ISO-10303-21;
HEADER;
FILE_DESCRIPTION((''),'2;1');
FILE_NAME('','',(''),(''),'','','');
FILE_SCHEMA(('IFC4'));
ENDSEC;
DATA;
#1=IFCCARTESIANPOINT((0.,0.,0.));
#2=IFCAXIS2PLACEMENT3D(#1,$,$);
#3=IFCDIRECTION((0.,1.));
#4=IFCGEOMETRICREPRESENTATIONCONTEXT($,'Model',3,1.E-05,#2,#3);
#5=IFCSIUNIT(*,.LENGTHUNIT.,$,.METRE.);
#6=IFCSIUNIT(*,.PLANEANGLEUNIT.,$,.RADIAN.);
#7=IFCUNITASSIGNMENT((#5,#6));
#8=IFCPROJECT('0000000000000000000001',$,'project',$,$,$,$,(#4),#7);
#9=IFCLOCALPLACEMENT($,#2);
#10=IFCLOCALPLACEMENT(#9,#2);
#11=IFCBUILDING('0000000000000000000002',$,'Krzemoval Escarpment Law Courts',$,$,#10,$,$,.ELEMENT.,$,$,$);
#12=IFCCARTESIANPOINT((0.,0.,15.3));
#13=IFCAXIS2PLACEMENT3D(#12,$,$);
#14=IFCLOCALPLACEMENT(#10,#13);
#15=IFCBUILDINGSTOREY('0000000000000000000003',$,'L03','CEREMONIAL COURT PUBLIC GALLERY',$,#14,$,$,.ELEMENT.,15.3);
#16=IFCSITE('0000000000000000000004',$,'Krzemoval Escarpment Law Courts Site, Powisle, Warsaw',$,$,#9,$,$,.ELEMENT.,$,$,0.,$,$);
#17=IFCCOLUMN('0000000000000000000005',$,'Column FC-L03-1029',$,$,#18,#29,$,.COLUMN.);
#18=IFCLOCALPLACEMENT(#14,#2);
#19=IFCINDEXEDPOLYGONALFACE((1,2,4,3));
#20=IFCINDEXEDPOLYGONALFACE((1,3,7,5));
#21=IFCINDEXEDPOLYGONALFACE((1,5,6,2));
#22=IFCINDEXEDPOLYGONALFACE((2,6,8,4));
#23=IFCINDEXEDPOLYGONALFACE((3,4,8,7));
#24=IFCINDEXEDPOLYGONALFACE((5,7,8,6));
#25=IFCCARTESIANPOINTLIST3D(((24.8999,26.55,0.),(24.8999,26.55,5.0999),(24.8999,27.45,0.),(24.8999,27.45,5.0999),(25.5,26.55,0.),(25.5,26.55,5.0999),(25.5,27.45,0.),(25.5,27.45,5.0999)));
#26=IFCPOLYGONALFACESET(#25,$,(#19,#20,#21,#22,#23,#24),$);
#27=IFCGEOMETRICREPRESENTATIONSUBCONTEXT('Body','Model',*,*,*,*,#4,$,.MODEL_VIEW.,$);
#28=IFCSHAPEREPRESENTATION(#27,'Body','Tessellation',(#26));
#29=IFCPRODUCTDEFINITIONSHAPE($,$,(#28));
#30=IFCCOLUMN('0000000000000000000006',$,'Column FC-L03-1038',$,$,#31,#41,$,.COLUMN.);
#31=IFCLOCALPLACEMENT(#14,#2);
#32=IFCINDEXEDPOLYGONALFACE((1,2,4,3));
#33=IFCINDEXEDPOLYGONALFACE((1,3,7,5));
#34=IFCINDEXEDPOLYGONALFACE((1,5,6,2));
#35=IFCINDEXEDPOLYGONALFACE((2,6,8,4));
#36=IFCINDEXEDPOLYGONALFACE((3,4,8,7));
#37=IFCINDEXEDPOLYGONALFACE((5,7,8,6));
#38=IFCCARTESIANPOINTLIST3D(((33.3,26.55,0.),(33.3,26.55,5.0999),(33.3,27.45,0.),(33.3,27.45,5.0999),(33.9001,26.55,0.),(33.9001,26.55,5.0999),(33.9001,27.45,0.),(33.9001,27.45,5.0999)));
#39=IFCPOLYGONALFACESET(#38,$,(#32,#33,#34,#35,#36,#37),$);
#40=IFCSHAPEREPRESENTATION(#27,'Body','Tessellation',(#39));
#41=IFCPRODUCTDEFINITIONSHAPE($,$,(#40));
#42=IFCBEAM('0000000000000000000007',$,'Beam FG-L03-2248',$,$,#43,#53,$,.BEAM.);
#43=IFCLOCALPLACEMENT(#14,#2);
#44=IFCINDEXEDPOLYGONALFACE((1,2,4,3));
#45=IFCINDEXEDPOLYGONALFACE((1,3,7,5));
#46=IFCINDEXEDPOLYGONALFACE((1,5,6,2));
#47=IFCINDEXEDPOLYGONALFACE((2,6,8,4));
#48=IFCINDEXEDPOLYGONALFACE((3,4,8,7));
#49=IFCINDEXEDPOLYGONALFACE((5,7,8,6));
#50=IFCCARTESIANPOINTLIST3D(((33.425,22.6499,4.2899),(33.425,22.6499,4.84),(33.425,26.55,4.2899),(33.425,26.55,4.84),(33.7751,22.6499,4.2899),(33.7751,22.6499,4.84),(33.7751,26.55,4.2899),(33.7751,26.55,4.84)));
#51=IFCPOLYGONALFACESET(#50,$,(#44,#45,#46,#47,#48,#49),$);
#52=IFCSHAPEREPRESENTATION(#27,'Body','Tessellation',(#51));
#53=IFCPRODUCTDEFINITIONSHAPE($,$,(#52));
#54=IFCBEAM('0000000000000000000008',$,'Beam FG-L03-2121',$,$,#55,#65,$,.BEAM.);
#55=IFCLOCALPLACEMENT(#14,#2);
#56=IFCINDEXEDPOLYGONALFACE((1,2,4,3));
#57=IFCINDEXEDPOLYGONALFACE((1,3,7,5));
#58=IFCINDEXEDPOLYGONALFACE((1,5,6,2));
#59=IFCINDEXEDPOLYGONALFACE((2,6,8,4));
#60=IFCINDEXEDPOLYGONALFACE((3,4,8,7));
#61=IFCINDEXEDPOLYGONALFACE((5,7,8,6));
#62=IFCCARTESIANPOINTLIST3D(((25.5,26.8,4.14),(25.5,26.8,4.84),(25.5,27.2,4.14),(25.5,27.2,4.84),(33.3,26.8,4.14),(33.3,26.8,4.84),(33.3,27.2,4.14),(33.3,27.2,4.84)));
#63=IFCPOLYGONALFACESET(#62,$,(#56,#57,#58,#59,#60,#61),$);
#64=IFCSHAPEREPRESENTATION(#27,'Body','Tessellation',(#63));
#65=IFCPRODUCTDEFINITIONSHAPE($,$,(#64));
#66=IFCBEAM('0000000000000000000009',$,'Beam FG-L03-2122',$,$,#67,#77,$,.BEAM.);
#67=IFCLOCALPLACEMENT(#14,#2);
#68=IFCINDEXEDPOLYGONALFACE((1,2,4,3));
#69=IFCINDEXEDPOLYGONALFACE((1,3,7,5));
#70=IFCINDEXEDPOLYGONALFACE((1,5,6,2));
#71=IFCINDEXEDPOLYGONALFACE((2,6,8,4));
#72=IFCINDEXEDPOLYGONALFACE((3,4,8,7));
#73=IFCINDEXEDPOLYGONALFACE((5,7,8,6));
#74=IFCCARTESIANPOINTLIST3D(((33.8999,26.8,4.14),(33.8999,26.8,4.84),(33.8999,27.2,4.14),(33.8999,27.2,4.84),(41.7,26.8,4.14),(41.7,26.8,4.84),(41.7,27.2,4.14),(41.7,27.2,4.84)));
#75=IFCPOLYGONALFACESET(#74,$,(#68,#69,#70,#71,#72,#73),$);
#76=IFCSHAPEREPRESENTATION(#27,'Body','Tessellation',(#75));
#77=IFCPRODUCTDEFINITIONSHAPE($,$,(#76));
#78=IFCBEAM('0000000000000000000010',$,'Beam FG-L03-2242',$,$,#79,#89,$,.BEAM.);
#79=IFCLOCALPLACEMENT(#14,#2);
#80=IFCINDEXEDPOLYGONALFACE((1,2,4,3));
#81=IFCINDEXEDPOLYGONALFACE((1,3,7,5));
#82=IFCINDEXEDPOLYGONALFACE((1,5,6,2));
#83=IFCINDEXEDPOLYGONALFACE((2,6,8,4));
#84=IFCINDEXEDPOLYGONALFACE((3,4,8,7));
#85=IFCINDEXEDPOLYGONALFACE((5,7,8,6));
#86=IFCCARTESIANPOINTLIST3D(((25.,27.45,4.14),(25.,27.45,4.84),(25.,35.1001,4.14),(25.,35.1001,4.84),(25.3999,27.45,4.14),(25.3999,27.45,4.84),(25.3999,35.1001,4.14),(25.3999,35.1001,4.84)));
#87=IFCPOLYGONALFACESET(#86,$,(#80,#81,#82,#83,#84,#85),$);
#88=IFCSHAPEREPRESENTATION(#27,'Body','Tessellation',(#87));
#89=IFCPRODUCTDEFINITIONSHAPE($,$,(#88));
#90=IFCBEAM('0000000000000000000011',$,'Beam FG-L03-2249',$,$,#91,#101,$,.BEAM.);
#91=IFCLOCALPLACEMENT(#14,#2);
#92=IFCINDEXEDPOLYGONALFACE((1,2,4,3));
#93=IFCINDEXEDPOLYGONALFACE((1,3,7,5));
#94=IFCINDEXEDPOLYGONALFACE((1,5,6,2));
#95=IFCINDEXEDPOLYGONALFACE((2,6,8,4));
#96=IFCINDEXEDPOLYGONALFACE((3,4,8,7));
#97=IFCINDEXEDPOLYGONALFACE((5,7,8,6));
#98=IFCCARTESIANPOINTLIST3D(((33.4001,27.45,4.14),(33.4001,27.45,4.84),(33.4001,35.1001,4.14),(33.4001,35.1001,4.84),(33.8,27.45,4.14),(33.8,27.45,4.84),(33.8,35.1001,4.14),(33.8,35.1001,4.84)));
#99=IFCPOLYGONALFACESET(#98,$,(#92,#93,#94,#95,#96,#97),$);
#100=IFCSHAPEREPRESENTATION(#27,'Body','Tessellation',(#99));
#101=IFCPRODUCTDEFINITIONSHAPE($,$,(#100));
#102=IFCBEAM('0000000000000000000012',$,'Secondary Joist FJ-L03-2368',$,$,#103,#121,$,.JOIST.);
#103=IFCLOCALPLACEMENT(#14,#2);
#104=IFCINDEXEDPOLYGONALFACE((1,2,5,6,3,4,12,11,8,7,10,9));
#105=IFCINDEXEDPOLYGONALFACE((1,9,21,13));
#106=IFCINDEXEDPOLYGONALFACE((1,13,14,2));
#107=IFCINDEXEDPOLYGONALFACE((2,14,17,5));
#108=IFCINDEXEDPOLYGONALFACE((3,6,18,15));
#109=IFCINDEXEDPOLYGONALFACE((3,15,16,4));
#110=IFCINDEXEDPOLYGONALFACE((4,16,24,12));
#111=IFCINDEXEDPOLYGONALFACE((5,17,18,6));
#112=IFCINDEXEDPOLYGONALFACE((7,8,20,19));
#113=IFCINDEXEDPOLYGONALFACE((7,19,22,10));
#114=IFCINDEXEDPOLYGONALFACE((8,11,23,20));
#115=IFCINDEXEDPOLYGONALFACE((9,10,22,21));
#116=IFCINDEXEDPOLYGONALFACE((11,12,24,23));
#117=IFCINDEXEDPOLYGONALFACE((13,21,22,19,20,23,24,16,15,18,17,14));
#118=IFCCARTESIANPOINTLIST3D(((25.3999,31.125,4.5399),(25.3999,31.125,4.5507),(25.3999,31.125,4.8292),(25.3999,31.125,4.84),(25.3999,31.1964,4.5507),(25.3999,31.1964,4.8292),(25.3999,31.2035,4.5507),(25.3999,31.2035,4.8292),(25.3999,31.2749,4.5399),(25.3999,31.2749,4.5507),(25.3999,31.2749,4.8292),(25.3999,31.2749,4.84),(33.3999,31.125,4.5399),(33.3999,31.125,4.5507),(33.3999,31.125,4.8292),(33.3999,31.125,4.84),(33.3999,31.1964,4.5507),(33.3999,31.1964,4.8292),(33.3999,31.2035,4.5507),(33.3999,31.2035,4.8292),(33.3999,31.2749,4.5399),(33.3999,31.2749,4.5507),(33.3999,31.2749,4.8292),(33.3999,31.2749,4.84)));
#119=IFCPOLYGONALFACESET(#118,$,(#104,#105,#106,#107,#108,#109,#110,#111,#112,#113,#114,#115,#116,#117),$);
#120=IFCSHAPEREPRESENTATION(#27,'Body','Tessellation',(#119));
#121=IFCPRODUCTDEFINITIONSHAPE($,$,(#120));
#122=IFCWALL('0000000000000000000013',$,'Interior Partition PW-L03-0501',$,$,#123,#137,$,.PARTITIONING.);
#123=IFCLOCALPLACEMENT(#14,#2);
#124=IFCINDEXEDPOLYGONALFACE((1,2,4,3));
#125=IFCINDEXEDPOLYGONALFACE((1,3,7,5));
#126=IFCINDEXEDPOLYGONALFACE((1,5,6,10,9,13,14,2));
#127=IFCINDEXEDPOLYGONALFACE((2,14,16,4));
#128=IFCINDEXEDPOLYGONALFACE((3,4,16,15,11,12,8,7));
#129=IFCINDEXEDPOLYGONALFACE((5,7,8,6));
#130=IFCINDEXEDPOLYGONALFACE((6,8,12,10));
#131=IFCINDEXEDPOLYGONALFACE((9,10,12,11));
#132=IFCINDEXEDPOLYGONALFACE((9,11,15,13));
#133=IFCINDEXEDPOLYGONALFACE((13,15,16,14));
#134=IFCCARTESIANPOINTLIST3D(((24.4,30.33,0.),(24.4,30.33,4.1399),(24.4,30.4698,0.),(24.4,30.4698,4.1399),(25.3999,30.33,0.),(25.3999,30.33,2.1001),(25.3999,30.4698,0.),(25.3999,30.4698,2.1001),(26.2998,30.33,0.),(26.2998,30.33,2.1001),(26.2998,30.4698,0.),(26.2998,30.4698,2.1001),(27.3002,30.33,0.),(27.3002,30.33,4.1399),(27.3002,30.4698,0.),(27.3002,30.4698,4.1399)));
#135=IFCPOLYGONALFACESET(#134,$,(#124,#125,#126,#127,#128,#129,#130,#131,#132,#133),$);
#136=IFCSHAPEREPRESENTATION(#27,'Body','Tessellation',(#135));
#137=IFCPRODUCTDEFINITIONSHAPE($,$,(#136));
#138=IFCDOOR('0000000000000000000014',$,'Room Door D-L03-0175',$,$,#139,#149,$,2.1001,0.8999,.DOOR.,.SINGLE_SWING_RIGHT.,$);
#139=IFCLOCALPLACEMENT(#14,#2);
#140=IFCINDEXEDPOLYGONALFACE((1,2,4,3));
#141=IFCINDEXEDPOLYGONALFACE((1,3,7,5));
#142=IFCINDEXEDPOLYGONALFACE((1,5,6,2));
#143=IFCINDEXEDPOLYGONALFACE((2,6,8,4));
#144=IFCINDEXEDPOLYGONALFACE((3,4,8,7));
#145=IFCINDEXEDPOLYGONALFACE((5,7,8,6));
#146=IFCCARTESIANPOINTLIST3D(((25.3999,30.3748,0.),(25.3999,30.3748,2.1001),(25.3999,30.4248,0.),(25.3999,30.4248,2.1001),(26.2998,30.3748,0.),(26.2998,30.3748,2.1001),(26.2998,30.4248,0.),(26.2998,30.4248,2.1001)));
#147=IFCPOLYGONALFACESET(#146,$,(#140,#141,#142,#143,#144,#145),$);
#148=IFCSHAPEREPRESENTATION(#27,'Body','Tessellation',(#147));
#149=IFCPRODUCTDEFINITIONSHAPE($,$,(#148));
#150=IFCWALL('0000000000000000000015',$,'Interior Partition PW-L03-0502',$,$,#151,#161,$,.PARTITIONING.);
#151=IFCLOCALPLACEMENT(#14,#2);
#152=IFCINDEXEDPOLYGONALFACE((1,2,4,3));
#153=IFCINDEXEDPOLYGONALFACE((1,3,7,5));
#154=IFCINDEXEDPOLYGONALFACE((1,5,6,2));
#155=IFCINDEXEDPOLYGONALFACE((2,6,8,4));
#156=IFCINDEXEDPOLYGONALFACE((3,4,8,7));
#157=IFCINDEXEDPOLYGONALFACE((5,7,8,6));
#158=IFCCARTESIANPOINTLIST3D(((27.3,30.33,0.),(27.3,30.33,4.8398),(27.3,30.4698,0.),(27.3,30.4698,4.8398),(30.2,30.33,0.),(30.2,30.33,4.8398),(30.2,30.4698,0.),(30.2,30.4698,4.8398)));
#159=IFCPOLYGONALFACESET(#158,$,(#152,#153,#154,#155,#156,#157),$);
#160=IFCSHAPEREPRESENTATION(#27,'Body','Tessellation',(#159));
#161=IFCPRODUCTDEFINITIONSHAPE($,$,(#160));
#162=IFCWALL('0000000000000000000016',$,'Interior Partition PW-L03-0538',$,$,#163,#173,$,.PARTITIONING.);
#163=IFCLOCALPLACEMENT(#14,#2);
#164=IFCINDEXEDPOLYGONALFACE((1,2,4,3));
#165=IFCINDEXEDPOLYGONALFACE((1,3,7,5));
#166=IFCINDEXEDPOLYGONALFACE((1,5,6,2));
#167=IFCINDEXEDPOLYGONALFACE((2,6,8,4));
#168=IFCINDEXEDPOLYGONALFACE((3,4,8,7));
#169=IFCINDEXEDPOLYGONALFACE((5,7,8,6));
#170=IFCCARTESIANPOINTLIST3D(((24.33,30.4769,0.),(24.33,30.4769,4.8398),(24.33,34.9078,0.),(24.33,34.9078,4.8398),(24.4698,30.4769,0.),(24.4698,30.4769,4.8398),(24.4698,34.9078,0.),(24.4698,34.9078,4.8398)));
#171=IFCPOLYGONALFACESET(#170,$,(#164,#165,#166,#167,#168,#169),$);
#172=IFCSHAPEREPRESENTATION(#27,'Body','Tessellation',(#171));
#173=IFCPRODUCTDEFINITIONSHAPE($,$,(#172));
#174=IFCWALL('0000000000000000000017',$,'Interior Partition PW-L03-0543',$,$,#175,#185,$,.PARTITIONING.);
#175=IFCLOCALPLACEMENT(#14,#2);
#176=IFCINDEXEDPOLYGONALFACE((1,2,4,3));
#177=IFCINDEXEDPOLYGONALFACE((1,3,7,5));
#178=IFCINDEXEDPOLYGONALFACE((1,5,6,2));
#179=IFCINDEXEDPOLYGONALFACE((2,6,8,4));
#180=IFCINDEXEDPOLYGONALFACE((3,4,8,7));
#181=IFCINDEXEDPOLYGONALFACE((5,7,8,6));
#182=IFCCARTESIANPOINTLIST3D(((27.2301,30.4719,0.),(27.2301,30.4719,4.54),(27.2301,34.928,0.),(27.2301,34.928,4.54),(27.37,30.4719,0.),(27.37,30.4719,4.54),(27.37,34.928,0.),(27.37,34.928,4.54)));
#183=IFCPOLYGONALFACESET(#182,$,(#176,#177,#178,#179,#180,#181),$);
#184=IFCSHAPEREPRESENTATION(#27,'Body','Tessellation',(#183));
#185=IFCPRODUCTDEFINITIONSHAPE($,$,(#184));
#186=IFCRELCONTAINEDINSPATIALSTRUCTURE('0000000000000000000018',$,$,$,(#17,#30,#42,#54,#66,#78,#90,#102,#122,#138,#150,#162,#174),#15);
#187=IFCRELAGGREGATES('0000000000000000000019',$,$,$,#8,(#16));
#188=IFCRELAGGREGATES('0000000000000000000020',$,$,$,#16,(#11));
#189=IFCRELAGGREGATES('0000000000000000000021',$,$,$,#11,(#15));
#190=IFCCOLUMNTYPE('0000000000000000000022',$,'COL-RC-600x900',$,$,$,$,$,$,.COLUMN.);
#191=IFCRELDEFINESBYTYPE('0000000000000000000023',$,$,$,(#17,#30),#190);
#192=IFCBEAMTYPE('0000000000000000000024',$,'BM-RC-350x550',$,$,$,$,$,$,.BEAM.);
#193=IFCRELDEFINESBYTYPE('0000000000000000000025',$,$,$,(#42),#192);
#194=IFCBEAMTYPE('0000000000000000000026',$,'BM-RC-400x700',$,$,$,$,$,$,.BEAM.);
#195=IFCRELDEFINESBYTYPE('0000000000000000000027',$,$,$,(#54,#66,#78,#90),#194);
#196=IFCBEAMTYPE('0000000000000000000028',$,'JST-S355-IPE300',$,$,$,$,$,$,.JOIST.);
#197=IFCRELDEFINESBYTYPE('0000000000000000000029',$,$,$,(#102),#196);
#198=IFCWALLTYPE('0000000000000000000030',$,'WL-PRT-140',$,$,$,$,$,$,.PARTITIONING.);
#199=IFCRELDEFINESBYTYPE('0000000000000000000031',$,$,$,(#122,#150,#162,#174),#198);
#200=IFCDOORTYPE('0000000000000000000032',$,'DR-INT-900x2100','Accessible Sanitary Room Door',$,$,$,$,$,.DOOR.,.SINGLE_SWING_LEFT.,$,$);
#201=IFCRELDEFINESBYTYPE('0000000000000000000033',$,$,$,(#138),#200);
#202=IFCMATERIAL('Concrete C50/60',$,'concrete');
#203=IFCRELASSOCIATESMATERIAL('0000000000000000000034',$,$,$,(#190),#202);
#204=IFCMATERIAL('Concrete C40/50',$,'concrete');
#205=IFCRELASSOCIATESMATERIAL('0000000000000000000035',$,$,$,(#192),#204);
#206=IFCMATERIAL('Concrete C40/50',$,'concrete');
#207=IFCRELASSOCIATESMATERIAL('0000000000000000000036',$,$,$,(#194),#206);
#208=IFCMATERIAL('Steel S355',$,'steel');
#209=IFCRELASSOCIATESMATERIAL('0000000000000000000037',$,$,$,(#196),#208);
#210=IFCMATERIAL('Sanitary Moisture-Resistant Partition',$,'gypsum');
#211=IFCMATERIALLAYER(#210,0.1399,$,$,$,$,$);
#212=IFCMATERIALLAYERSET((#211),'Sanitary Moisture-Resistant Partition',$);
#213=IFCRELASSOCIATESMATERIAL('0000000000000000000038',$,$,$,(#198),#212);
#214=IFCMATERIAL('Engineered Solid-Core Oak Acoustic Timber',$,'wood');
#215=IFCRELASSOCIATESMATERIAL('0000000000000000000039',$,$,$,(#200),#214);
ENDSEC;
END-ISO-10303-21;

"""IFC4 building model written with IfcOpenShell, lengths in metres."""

from ifc_helpers import new_model, si_unit, direction, frame, frame_2d, origin, origin_2d, place, context, subcontext, project, spatial, rectangle, i_section, extrude, material, layer, layer_set, material_profile, profile_set, type_object, element, fill, save


model = new_model("IFC4")

# Units and contexts
model_context = context("Model", 3, precision=1e-05, world=origin(), true_north=direction((0.0, 1.0)))
body_context = subcontext(model_context, "Body", "Model", "MODEL_VIEW")
ifc_project = project(units=[si_unit("LENGTHUNIT", "METRE"), si_unit("PLANEANGLEUNIT", "RADIAN")], contexts=[model_context])

# Site, building, storey
site_placement = place(None, origin())
site = spatial("IfcSite", under=ifc_project, at=site_placement, Name="Krzemoval Escarpment Law Courts Site, Powisle, Warsaw", CompositionType="ELEMENT", RefElevation=0.0)
building_placement = place(site_placement, origin())
building = spatial("IfcBuilding", under=site, at=building_placement, Name="Krzemoval Escarpment Law Courts", CompositionType="ELEMENT")
storey_placement = place(building_placement, frame((0.0, 0.0, 15.3)))
storey = spatial("IfcBuildingStorey", under=building, at=storey_placement, Name="L03", Description="CEREMONIAL COURT PUBLIC GALLERY", CompositionType="ELEMENT", Elevation=15.3)

# Columns
ifc_material_1 = material(Name="Concrete C50/60", Category="concrete")
ifc_material_profile_1 = material_profile(ifc_material_1, rectangle(XDim=0.6001, YDim=0.8999, at=origin_2d()), Name="RC 600x900")
ifc_profile_set_1 = profile_set([ifc_material_profile_1], Name="Concrete C50/60")
column_type = type_object("IfcColumnType", Name="COL-RC-600x900", PredefinedType="COLUMN", material=ifc_profile_set_1)
for number, where, z_axis, x_axis, name in (
    (1, (25.2, 27.0, 0.0), (0.0, 0.0, 1.0), (1.0, 0.0, 0.0), "Column FC-L03-1029"),
    (2, (33.6001, 27.0, 0.0), (0.0, 0.0, 1.0), (1.0, 0.0, 0.0), "Column FC-L03-1038"),
):
    element("IfcColumn", number, at=place(storey_placement, frame(where, z_axis=z_axis, x_axis=x_axis)), inside=storey, type_object=column_type, Name=name, PredefinedType="COLUMN", context=body_context, shape_type="SweptSolid", body=[
        extrude(rectangle(XDim=0.6001, YDim=0.8999, at=origin_2d()), origin(), (0.0, 0.0, 1.0), 5.0999),
    ])

# Beams
ifc_material_2 = material(Name="Concrete C40/50", Category="concrete")
ifc_material_profile_2 = material_profile(ifc_material_2, rectangle(XDim=0.3501, YDim=0.55, at=origin_2d()), Name="RCB 350x550")
ifc_profile_set_2 = profile_set([ifc_material_profile_2], Name="Concrete C40/50")
beam_type_1 = type_object("IfcBeamType", Name="BM-RC-350x550", PredefinedType="BEAM", material=ifc_profile_set_2)
beam_1_placement = place(storey_placement, frame((33.6001, 22.6499, 4.5649), z_axis=(0.0, 1.0, 0.0), x_axis=(-1.0, 0.0, 0.0)))
element("IfcBeam", 3, at=beam_1_placement, inside=storey, type_object=beam_type_1, Name="Beam FG-L03-2248", PredefinedType="BEAM", context=body_context, shape_type="SweptSolid", body=[
    extrude(rectangle(XDim=0.3501, YDim=0.55, at=origin_2d()), origin(), (0.0, 0.0, 1.0), 3.9001),
])
ifc_material_3 = material(Name="Concrete C40/50", Category="concrete")
ifc_material_profile_3 = material_profile(ifc_material_3, rectangle(XDim=0.3999, YDim=0.7, at=origin_2d()), Name="RCB 400x700")
ifc_profile_set_3 = profile_set([ifc_material_profile_3], Name="Concrete C40/50")
beam_type_2 = type_object("IfcBeamType", Name="BM-RC-400x700", PredefinedType="BEAM", material=ifc_profile_set_3)
for number, where, z_axis, x_axis, name in (
    (4, (25.5, 27.0, 4.49), (1.0, 0.0, 0.0), (0.0, 1.0, 0.0), "Beam FG-L03-2121"),
    (5, (33.8999, 27.0, 4.49), (1.0, 0.0, 0.0), (0.0, 1.0, 0.0), "Beam FG-L03-2122"),
):
    element("IfcBeam", number, at=place(storey_placement, frame(where, z_axis=z_axis, x_axis=x_axis)), inside=storey, type_object=beam_type_2, Name=name, PredefinedType="BEAM", context=body_context, shape_type="SweptSolid", body=[
        extrude(rectangle(XDim=0.3999, YDim=0.7, at=origin_2d()), origin(), (0.0, 0.0, 1.0), 7.8),
    ])
for number, where, z_axis, x_axis, name in (
    (6, (25.2, 27.45, 4.49), (0.0, 1.0, 0.0), (-1.0, 0.0, 0.0), "Beam FG-L03-2242"),
    (7, (33.6001, 27.45, 4.49), (0.0, 1.0, 0.0), (-1.0, 0.0, 0.0), "Beam FG-L03-2249"),
):
    element("IfcBeam", number, at=place(storey_placement, frame(where, z_axis=z_axis, x_axis=x_axis)), inside=storey, type_object=beam_type_2, Name=name, PredefinedType="BEAM", context=body_context, shape_type="SweptSolid", body=[
        extrude(rectangle(XDim=0.3999, YDim=0.7, at=origin_2d()), origin(), (0.0, 0.0, 1.0), 7.6501),
    ])
ifc_material_4 = material(Name="Steel S355", Category="steel")
ifc_material_profile_4 = material_profile(ifc_material_4, i_section(OverallWidth=0.1499, OverallDepth=0.3, WebThickness=0.0071, FlangeThickness=0.0107, at=origin_2d()), Name="IPE 300")
ifc_profile_set_4 = profile_set([ifc_material_profile_4], Name="Steel S355")
beam_type_3 = type_object("IfcBeamType", Name="JST-S355-IPE300", PredefinedType="JOIST", material=ifc_profile_set_4)
beam_2_placement = place(storey_placement, frame((25.3999, 31.2, 4.6899), z_axis=(1.0, 0.0, 0.0), x_axis=(0.0, 1.0, 0.0)))
element("IfcBeam", 8, at=beam_2_placement, inside=storey, type_object=beam_type_3, Name="Secondary Joist FJ-L03-2368", PredefinedType="JOIST", context=body_context, shape_type="SweptSolid", body=[
    extrude(i_section(OverallWidth=0.1499, OverallDepth=0.3, WebThickness=0.0071, FlangeThickness=0.0107, at=origin_2d()), origin(), (0.0, 0.0, 1.0), 8.0),
])

# Wall, opening, door
ifc_material_5 = material(Name="Sanitary Moisture-Resistant Partition", Category="gypsum")
ifc_layer_1 = layer(ifc_material_5, 0.1399)
ifc_layer_set_1 = layer_set([ifc_layer_1], Name="Sanitary Moisture-Resistant Partition")
wall_type_1 = type_object("IfcWallType", Name="WL-PRT-140", PredefinedType="PARTITIONING", material=ifc_layer_set_1)
wall_1_placement = place(storey_placement, frame((24.3999, 30.3999, 0.0), z_axis=(0.0, 0.0, 1.0), x_axis=(1.0, 0.0, 0.0)))
wall_1 = element("IfcWall", 9, at=wall_1_placement, inside=storey, type_object=wall_type_1, Name="Interior Partition PW-L03-0501", PredefinedType="PARTITIONING", context=body_context, shape_type="SweptSolid", body=[
    extrude(rectangle(XDim=2.9001, YDim=0.1399, at=frame_2d((1.4502, 0.0))), origin(), (0.0, 0.0, 1.0), 4.1399),
])
opening_1_placement = place(wall_1_placement, frame((1.0, 0.0, 0.0)))
opening_1 = element("IfcOpeningElement", 10, at=opening_1_placement, cuts=wall_1, PredefinedType="OPENING", context=body_context, shape_type="SweptSolid", body=[
    extrude(rectangle(XDim=0.8999, YDim=2.1001, at=frame_2d((0.45, 1.05))), frame((0.0, 0.0849, 0.0), z_axis=(0.0, -1.0, 0.0), x_axis=(1.0, 0.0, 0.0)), (0.0, 0.0, 1.0), 0.1699),
])
ifc_material_6 = material(Name="Engineered Solid-Core Oak Acoustic Timber", Category="wood")
door_type_1 = type_object("IfcDoorType", Name="DR-INT-900x2100", Description="Accessible Sanitary Room Door", OperationType="SINGLE_SWING_LEFT", PredefinedType="DOOR", material=ifc_material_6)
door_1_placement = place(opening_1_placement, origin())
door_1 = element("IfcDoor", 11, at=door_1_placement, inside=storey, type_object=door_type_1, Name="Room Door D-L03-0175", OperationType="SINGLE_SWING_RIGHT", OverallHeight=2.1001, OverallWidth=0.8999, PredefinedType="DOOR", context=body_context, shape_type="SweptSolid", body=[
    extrude(rectangle(XDim=0.8999, YDim=2.1001, at=frame_2d((0.45, 1.05))), frame((0.0, 0.0249, 0.0), z_axis=(0.0, -1.0, 0.0), x_axis=(1.0, 0.0, 0.0)), (0.0, 0.0, 1.0), 0.05),
])
fill(opening_1, door_1)

# Walls
wall_2_placement = place(storey_placement, frame((27.3, 30.3999, 0.0), z_axis=(0.0, 0.0, 1.0), x_axis=(1.0, 0.0, 0.0)))
element("IfcWall", 12, at=wall_2_placement, inside=storey, type_object=wall_type_1, Name="Interior Partition PW-L03-0502", PredefinedType="PARTITIONING", context=body_context, shape_type="SweptSolid", body=[
    extrude(rectangle(XDim=2.8999, YDim=0.1399, at=frame_2d((1.45, 0.0))), origin(), (0.0, 0.0, 1.0), 4.8398),
])
wall_3_placement = place(storey_placement, frame((24.3999, 30.4771, 0.0), z_axis=(0.0, 0.0, 1.0), x_axis=(0.0, 1.0, 0.0)))
element("IfcWall", 13, at=wall_3_placement, inside=storey, type_object=wall_type_1, Name="Interior Partition PW-L03-0538", PredefinedType="PARTITIONING", context=body_context, shape_type="SweptSolid", body=[
    extrude(rectangle(XDim=4.4309, YDim=0.1399, at=frame_2d((2.2153, 0.0))), origin(), (0.0, 0.0, 1.0), 4.8398),
])
wall_4_placement = place(storey_placement, frame((27.3, 30.4719, 0.0), z_axis=(0.0, 0.0, 1.0), x_axis=(0.0, 1.0, 0.0)))
element("IfcWall", 14, at=wall_4_placement, inside=storey, type_object=wall_type_1, Name="Interior Partition PW-L03-0543", PredefinedType="PARTITIONING", context=body_context, shape_type="SweptSolid", body=[
    extrude(rectangle(XDim=4.4561, YDim=0.1399, at=frame_2d((2.228, 0.0))), origin(), (0.0, 0.0, 1.0), 4.54),
])

save(model, "model.ifc")
